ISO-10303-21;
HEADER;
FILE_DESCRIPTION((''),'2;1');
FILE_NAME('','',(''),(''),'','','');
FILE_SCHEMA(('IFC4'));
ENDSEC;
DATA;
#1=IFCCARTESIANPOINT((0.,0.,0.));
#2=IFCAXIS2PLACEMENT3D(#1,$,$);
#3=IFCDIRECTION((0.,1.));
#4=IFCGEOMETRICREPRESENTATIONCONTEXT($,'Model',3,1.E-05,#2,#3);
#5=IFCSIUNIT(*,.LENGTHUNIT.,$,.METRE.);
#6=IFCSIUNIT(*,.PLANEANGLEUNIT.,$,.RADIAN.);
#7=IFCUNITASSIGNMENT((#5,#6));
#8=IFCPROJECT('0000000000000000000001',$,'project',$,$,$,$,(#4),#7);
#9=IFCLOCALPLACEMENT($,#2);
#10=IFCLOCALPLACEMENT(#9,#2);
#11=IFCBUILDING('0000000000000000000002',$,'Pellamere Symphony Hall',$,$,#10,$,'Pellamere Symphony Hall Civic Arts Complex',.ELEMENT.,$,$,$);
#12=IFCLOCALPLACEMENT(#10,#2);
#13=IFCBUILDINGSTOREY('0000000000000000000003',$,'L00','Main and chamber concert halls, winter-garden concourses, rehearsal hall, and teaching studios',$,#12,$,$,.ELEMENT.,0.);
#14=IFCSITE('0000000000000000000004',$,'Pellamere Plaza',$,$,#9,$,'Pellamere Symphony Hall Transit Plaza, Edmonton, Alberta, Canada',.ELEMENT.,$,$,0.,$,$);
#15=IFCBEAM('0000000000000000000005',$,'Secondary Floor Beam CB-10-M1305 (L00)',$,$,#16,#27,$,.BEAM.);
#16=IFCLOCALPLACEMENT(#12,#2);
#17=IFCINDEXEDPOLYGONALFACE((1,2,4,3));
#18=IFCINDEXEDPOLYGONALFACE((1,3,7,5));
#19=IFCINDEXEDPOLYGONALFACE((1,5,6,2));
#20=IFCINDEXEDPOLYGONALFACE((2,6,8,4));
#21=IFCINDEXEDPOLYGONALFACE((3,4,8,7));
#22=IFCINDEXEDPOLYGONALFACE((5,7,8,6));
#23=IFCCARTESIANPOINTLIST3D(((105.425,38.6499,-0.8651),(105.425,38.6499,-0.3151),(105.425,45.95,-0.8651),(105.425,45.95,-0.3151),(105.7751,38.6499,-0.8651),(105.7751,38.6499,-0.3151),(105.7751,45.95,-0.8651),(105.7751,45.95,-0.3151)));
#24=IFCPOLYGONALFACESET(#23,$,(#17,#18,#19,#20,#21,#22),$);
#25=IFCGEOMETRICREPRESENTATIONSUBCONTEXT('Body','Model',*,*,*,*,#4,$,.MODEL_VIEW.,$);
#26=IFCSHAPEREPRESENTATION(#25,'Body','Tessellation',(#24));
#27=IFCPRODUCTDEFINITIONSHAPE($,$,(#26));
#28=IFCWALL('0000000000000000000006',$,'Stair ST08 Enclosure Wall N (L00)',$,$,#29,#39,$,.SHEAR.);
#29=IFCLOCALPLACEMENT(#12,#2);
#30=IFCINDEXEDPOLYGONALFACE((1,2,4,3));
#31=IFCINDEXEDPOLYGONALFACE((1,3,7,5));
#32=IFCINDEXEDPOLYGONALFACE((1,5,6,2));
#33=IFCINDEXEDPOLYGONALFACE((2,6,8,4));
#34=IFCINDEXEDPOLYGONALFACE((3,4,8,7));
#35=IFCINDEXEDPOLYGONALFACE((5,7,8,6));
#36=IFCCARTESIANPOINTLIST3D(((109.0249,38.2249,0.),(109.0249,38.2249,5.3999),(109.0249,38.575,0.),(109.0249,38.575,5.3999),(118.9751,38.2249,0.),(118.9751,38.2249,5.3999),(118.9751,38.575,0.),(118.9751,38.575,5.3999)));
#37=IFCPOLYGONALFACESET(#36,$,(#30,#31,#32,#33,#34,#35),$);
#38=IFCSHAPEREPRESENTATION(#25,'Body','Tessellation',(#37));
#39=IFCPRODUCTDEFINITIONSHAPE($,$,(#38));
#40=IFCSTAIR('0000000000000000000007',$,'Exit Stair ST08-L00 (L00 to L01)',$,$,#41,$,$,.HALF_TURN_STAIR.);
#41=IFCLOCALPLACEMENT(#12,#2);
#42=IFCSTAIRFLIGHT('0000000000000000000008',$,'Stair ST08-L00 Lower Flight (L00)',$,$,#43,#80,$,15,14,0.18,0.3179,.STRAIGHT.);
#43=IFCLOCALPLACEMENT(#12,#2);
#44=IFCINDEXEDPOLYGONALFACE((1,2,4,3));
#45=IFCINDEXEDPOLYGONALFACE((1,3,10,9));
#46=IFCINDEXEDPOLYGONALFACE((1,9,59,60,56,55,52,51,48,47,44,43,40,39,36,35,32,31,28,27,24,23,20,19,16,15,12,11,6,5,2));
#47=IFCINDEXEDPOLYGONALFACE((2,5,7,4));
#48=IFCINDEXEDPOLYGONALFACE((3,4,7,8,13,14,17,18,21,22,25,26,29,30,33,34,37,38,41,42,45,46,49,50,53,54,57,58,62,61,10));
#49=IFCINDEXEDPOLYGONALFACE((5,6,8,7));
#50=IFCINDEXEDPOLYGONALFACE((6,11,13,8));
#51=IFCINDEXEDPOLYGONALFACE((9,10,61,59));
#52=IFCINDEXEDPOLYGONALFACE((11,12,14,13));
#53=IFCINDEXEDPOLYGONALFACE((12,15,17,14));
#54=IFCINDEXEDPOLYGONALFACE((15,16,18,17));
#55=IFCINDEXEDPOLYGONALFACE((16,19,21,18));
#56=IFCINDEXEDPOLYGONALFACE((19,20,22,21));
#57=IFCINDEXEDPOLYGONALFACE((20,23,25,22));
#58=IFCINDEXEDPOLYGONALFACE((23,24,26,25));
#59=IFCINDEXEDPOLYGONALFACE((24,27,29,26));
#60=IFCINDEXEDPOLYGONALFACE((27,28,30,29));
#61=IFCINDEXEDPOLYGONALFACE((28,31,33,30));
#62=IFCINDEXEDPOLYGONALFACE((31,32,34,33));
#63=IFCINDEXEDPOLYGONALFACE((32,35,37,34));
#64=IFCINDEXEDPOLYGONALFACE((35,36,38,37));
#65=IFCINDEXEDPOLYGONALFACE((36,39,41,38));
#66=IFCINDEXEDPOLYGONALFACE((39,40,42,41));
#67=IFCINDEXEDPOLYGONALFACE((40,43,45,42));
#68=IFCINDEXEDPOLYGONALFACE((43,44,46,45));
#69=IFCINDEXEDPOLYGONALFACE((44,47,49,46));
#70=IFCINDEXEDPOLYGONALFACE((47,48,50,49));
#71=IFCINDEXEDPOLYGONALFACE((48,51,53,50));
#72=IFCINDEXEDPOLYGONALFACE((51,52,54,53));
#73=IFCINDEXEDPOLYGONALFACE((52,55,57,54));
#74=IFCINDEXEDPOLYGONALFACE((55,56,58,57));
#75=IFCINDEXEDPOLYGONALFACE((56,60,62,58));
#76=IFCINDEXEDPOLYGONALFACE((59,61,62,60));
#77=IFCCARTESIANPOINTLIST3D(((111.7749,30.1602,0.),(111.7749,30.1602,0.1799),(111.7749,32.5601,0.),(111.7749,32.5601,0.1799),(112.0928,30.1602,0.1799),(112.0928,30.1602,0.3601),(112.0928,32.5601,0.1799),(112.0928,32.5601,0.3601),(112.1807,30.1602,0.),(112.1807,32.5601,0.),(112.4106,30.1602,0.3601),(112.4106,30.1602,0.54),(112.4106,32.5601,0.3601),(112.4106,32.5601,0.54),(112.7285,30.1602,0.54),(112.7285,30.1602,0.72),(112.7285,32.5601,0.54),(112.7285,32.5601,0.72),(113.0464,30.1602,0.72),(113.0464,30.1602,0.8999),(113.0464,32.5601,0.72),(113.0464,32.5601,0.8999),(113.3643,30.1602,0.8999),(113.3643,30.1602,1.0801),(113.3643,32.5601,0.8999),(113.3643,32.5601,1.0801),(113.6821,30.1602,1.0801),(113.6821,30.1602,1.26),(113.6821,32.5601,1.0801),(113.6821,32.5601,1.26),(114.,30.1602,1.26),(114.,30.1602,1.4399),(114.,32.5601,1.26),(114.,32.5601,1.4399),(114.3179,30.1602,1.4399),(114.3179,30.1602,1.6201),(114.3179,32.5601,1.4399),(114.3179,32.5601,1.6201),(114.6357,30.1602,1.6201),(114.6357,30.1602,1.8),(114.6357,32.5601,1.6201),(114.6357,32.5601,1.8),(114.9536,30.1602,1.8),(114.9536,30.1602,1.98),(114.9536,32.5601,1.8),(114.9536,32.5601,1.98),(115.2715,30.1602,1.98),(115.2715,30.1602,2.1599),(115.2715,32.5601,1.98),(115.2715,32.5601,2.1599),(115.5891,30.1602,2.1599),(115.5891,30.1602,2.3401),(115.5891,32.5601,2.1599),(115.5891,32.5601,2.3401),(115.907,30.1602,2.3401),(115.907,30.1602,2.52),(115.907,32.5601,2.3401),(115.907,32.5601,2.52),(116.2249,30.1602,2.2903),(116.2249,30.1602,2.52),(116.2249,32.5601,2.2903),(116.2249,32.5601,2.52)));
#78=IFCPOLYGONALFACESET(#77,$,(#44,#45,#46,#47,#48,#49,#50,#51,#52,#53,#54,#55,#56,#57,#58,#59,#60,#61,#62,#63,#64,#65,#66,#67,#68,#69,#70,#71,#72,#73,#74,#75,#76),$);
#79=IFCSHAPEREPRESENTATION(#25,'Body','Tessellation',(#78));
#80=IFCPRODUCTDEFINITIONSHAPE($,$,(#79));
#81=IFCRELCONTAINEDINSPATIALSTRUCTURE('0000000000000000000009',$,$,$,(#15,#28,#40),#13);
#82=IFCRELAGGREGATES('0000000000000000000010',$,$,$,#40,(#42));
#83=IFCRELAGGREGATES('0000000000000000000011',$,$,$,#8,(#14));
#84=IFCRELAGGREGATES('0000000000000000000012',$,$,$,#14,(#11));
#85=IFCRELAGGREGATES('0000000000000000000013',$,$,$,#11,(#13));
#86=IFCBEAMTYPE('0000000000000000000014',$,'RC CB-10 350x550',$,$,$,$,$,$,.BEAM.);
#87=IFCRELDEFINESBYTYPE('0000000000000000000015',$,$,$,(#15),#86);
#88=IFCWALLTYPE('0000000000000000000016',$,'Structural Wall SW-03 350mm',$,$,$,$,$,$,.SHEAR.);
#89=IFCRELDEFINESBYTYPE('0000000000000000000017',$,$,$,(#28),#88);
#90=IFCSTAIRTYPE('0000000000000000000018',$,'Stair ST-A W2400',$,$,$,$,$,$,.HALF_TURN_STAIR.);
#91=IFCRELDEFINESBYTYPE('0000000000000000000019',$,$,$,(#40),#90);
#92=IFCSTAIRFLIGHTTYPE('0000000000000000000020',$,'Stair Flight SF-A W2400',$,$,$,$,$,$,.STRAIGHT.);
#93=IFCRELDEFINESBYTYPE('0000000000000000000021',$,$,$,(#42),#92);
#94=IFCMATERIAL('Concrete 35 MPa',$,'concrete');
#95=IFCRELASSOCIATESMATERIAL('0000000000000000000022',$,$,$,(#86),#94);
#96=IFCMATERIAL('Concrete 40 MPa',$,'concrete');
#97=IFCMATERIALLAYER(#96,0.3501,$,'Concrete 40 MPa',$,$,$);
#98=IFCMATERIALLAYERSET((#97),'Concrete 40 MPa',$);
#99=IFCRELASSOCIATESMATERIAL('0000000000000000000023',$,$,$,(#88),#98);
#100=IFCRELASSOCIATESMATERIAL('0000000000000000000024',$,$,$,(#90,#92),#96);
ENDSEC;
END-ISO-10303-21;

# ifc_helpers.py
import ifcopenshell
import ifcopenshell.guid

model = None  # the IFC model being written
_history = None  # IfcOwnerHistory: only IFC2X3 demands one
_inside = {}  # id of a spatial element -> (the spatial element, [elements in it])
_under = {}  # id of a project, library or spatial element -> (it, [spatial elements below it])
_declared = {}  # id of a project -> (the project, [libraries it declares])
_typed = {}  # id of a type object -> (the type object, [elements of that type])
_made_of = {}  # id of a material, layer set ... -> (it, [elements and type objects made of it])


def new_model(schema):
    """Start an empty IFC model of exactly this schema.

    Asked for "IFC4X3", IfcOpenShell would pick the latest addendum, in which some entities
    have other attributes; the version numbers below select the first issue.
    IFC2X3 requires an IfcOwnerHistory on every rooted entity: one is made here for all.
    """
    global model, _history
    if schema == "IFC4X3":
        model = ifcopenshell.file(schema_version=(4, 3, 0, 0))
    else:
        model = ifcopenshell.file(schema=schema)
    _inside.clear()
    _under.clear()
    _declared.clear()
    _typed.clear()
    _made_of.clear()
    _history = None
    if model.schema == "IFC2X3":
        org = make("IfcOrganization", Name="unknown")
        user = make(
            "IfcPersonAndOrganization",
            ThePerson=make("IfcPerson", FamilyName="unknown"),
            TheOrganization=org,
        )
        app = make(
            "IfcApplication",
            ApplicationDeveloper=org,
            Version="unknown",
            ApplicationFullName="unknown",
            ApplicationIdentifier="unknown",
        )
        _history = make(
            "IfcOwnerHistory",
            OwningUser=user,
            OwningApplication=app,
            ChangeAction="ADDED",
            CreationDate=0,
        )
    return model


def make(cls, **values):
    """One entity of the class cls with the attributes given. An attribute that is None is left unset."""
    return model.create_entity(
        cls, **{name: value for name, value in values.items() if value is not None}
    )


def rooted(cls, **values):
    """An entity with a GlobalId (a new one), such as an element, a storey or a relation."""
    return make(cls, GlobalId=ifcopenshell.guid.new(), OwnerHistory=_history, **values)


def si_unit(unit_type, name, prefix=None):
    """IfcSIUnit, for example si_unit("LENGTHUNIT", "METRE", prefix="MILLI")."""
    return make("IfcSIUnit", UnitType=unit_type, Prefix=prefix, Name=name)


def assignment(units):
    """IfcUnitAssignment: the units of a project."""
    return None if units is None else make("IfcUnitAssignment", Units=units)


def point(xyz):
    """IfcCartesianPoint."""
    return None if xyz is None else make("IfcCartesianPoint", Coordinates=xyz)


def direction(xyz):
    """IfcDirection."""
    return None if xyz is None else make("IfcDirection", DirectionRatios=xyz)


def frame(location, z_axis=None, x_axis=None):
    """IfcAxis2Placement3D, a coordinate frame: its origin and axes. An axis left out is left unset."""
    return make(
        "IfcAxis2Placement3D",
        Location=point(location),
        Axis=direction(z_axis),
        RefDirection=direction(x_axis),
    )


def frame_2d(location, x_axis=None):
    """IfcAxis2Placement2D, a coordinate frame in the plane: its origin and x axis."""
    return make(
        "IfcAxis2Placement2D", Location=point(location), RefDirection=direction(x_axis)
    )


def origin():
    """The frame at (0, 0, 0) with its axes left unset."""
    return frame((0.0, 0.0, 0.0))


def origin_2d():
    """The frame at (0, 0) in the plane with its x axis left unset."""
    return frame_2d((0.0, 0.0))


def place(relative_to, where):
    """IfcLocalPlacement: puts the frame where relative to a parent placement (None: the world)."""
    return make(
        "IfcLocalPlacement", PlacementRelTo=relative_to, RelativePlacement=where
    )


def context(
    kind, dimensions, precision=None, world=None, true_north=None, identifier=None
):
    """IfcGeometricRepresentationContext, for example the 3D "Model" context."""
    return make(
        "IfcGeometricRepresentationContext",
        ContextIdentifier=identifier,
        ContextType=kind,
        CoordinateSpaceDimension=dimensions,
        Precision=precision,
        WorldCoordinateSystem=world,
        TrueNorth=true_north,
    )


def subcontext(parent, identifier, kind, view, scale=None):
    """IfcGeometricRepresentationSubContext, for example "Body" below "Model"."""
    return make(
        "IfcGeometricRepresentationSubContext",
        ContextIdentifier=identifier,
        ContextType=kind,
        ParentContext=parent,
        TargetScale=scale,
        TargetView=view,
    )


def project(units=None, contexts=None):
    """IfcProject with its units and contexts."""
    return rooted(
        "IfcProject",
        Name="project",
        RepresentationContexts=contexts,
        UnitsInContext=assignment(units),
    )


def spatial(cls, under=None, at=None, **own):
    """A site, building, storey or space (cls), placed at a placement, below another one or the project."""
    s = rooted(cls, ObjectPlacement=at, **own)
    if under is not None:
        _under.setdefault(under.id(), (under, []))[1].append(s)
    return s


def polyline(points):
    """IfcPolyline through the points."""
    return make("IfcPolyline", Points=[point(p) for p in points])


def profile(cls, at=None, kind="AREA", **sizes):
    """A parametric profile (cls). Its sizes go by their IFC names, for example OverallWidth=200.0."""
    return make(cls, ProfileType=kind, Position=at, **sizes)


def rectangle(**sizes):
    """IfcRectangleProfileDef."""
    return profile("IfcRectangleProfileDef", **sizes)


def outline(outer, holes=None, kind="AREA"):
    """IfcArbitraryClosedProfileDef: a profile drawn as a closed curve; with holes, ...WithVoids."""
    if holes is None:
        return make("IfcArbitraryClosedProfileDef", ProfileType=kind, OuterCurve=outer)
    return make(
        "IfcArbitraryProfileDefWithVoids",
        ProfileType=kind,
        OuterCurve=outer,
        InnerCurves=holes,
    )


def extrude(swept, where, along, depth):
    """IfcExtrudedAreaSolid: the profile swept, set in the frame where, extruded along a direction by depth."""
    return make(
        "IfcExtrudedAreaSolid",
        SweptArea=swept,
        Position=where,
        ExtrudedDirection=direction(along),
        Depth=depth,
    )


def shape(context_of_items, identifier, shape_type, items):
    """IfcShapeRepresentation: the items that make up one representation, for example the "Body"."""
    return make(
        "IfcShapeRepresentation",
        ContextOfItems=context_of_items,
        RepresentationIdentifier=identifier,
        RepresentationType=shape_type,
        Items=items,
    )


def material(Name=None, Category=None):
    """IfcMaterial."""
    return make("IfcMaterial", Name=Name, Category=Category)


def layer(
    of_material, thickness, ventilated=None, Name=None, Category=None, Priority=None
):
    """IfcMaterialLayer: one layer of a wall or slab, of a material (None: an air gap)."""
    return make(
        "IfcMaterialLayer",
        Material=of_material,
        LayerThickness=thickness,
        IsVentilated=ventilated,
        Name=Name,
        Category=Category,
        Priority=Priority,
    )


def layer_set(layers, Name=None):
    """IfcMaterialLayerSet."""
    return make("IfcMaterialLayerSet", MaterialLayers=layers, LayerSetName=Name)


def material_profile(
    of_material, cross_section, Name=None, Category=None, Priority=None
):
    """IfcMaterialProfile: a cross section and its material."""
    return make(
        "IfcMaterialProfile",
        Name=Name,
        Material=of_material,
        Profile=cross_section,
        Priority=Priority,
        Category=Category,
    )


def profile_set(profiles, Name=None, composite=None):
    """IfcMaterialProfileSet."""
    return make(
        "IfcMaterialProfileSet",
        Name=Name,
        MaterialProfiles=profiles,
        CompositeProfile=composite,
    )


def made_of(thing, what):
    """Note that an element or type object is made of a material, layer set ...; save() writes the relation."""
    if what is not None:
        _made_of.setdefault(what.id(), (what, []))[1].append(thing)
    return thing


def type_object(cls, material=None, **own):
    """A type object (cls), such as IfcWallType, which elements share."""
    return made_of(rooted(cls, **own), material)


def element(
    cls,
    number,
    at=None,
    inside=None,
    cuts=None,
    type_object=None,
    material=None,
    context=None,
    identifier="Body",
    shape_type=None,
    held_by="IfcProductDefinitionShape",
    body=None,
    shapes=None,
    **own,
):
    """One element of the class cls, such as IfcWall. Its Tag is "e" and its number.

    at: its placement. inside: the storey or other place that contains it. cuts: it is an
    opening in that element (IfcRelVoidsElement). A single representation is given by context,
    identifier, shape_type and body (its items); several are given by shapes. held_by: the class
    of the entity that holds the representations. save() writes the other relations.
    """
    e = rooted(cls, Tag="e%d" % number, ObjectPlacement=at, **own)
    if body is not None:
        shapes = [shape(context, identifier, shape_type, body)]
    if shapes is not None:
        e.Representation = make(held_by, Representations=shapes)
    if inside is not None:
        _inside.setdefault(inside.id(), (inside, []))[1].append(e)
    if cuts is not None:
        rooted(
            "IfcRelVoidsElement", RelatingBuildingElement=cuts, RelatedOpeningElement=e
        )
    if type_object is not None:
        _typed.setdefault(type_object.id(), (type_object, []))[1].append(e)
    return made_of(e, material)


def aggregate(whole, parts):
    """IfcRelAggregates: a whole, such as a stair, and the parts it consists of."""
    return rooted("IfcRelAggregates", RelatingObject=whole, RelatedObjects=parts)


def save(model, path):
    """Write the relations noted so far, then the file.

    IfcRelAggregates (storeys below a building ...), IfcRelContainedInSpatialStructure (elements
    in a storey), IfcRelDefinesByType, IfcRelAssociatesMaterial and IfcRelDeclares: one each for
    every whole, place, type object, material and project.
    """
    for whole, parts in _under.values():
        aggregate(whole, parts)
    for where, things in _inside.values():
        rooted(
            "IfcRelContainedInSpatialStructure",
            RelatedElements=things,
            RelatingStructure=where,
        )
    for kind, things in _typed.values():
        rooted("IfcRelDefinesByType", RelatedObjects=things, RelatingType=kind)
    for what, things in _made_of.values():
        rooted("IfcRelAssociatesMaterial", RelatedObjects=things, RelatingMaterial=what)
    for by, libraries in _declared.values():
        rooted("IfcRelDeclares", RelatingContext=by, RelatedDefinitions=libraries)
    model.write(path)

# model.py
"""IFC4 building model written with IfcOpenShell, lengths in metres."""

from ifc_helpers import new_model, si_unit, direction, frame, frame_2d, origin, origin_2d, place, context, subcontext, project, spatial, polyline, rectangle, outline, extrude, material, layer, layer_set, material_profile, profile_set, type_object, element, aggregate, save


model = new_model("IFC4")

# Units and contexts
model_context = context("Model", 3, precision=1e-05, world=origin(), true_north=direction((0.0, 1.0)))
body_context = subcontext(model_context, "Body", "Model", "MODEL_VIEW")
ifc_project = project(units=[si_unit("LENGTHUNIT", "METRE"), si_unit("PLANEANGLEUNIT", "RADIAN")], contexts=[model_context])

# Site, building, storey
site_placement = place(None, origin())
site = spatial("IfcSite", under=ifc_project, at=site_placement, Name="Pellamere Plaza", LongName="Pellamere Symphony Hall Transit Plaza, Edmonton, Alberta, Canada", CompositionType="ELEMENT", RefElevation=0.0)
building_placement = place(site_placement, origin())
building = spatial("IfcBuilding", under=site, at=building_placement, Name="Pellamere Symphony Hall", LongName="Pellamere Symphony Hall Civic Arts Complex", CompositionType="ELEMENT")
storey_placement = place(building_placement, origin())
storey = spatial("IfcBuildingStorey", under=building, at=storey_placement, Name="L00", Description="Main and chamber concert halls, winter-garden concourses, rehearsal hall, and teaching studios", CompositionType="ELEMENT", Elevation=0.0)

# Shared definitions
ifc_material_1 = material(Name="Concrete 40 MPa", Category="concrete")

# Beam
ifc_material_2 = material(Name="Concrete 35 MPa", Category="concrete")
ifc_material_profile_1 = material_profile(ifc_material_2, rectangle(XDim=0.3501, YDim=0.55, at=origin_2d()), Name="RC 350x550")
ifc_profile_set_1 = profile_set([ifc_material_profile_1], Name="Concrete 35 MPa")
beam_type_1 = type_object("IfcBeamType", Name="RC CB-10 350x550", PredefinedType="BEAM", material=ifc_profile_set_1)
for number, where, z_axis, x_axis, name in (
    (1, (105.6001, 38.6499, -0.5901), (0.0, 1.0, 0.0), (-1.0, 0.0, 0.0), "Secondary Floor Beam CB-10-M1305 (L00)"),
):
    element("IfcBeam", number, at=place(storey_placement, frame(where, z_axis=z_axis, x_axis=x_axis)), inside=storey, type_object=beam_type_1, Name=name, PredefinedType="BEAM", context=body_context, shape_type="SweptSolid", body=[
        extrude(rectangle(XDim=0.3501, YDim=0.55, at=origin_2d()), origin(), (0.0, 0.0, 1.0), 7.3),
    ])

# Wall
ifc_layer = layer(ifc_material_1, 0.3501, Name="Concrete 40 MPa")
ifc_layer_set = layer_set([ifc_layer], Name="Concrete 40 MPa")
wall_type = type_object("IfcWallType", Name="Structural Wall SW-03 350mm", PredefinedType="SHEAR", material=ifc_layer_set)
wall_placement = place(storey_placement, frame((109.0249, 38.3999, 0.0), z_axis=(0.0, 0.0, 1.0), x_axis=(1.0, 0.0, 0.0)))
element("IfcWall", 2, at=wall_placement, inside=storey, type_object=wall_type, Name="Stair ST08 Enclosure Wall N (L00)", PredefinedType="SHEAR", context=body_context, shape_type="SweptSolid", body=[
    extrude(rectangle(XDim=9.9502, YDim=0.3501, at=frame_2d((4.9751, 0.0))), origin(), (0.0, 0.0, 1.0), 5.3999),
])

# Stair, stair flight
stair_type = type_object("IfcStairType", Name="Stair ST-A W2400", PredefinedType="HALF_TURN_STAIR", material=ifc_material_1)
stair_placement = place(storey_placement, origin())
stair = element("IfcStair", 3, at=stair_placement, inside=storey, type_object=stair_type, Name="Exit Stair ST08-L00 (L00 to L01)", PredefinedType="HALF_TURN_STAIR")
stair_flight_type = type_object("IfcStairFlightType", Name="Stair Flight SF-A W2400", PredefinedType="STRAIGHT", material=ifc_material_1)
stair_flight_placement = place(storey_placement, frame((111.7749, 31.3601, 0.0), z_axis=(0.0, 0.0, 1.0), x_axis=(1.0, 0.0, 0.0)))
stair_flight = element("IfcStairFlight", 4, at=stair_flight_placement, type_object=stair_flight_type, Name="Stair ST08-L00 Lower Flight (L00)", NumberOfRisers=15, NumberOfTreads=14, PredefinedType="STRAIGHT", RiserHeight=0.18, TreadLength=0.3179, context=body_context, shape_type="SweptSolid", body=[
    extrude(outline(polyline([(0.0, 0.0), (0.0, 0.1799), (0.3179, 0.1799), (0.3179, 0.3601), (0.6357, 0.3601), (0.6357, 0.54), (0.9536, 0.54), (0.9536, 0.72), (1.2715, 0.72), (1.2715, 0.8999), (1.5894, 0.8999), (1.5894, 1.0801), (1.9072, 1.0801), (1.9072, 1.26), (2.2251, 1.26), (2.2251, 1.4399), (2.543, 1.4399), (2.543, 1.6201), (2.8608, 1.6201), (2.8608, 1.8), (3.1787, 1.8), (3.1787, 1.98), (3.4966, 1.98), (3.4966, 2.1599), (3.8142, 2.1599), (3.8142, 2.3401), (4.1321, 2.3401), (4.1321, 2.52), (4.45, 2.52), (4.45, 2.7), (4.45, 2.2903), (0.4058, 0.0), (0.0, 0.0)])), frame((0.0, 1.2, 0.0), z_axis=(0.0, -1.0, 0.0), x_axis=(1.0, 0.0, 0.0)), (0.0, 0.0, 1.0), 2.3999),
])
aggregate(stair, [stair_flight])

save(model, "model.ifc")
